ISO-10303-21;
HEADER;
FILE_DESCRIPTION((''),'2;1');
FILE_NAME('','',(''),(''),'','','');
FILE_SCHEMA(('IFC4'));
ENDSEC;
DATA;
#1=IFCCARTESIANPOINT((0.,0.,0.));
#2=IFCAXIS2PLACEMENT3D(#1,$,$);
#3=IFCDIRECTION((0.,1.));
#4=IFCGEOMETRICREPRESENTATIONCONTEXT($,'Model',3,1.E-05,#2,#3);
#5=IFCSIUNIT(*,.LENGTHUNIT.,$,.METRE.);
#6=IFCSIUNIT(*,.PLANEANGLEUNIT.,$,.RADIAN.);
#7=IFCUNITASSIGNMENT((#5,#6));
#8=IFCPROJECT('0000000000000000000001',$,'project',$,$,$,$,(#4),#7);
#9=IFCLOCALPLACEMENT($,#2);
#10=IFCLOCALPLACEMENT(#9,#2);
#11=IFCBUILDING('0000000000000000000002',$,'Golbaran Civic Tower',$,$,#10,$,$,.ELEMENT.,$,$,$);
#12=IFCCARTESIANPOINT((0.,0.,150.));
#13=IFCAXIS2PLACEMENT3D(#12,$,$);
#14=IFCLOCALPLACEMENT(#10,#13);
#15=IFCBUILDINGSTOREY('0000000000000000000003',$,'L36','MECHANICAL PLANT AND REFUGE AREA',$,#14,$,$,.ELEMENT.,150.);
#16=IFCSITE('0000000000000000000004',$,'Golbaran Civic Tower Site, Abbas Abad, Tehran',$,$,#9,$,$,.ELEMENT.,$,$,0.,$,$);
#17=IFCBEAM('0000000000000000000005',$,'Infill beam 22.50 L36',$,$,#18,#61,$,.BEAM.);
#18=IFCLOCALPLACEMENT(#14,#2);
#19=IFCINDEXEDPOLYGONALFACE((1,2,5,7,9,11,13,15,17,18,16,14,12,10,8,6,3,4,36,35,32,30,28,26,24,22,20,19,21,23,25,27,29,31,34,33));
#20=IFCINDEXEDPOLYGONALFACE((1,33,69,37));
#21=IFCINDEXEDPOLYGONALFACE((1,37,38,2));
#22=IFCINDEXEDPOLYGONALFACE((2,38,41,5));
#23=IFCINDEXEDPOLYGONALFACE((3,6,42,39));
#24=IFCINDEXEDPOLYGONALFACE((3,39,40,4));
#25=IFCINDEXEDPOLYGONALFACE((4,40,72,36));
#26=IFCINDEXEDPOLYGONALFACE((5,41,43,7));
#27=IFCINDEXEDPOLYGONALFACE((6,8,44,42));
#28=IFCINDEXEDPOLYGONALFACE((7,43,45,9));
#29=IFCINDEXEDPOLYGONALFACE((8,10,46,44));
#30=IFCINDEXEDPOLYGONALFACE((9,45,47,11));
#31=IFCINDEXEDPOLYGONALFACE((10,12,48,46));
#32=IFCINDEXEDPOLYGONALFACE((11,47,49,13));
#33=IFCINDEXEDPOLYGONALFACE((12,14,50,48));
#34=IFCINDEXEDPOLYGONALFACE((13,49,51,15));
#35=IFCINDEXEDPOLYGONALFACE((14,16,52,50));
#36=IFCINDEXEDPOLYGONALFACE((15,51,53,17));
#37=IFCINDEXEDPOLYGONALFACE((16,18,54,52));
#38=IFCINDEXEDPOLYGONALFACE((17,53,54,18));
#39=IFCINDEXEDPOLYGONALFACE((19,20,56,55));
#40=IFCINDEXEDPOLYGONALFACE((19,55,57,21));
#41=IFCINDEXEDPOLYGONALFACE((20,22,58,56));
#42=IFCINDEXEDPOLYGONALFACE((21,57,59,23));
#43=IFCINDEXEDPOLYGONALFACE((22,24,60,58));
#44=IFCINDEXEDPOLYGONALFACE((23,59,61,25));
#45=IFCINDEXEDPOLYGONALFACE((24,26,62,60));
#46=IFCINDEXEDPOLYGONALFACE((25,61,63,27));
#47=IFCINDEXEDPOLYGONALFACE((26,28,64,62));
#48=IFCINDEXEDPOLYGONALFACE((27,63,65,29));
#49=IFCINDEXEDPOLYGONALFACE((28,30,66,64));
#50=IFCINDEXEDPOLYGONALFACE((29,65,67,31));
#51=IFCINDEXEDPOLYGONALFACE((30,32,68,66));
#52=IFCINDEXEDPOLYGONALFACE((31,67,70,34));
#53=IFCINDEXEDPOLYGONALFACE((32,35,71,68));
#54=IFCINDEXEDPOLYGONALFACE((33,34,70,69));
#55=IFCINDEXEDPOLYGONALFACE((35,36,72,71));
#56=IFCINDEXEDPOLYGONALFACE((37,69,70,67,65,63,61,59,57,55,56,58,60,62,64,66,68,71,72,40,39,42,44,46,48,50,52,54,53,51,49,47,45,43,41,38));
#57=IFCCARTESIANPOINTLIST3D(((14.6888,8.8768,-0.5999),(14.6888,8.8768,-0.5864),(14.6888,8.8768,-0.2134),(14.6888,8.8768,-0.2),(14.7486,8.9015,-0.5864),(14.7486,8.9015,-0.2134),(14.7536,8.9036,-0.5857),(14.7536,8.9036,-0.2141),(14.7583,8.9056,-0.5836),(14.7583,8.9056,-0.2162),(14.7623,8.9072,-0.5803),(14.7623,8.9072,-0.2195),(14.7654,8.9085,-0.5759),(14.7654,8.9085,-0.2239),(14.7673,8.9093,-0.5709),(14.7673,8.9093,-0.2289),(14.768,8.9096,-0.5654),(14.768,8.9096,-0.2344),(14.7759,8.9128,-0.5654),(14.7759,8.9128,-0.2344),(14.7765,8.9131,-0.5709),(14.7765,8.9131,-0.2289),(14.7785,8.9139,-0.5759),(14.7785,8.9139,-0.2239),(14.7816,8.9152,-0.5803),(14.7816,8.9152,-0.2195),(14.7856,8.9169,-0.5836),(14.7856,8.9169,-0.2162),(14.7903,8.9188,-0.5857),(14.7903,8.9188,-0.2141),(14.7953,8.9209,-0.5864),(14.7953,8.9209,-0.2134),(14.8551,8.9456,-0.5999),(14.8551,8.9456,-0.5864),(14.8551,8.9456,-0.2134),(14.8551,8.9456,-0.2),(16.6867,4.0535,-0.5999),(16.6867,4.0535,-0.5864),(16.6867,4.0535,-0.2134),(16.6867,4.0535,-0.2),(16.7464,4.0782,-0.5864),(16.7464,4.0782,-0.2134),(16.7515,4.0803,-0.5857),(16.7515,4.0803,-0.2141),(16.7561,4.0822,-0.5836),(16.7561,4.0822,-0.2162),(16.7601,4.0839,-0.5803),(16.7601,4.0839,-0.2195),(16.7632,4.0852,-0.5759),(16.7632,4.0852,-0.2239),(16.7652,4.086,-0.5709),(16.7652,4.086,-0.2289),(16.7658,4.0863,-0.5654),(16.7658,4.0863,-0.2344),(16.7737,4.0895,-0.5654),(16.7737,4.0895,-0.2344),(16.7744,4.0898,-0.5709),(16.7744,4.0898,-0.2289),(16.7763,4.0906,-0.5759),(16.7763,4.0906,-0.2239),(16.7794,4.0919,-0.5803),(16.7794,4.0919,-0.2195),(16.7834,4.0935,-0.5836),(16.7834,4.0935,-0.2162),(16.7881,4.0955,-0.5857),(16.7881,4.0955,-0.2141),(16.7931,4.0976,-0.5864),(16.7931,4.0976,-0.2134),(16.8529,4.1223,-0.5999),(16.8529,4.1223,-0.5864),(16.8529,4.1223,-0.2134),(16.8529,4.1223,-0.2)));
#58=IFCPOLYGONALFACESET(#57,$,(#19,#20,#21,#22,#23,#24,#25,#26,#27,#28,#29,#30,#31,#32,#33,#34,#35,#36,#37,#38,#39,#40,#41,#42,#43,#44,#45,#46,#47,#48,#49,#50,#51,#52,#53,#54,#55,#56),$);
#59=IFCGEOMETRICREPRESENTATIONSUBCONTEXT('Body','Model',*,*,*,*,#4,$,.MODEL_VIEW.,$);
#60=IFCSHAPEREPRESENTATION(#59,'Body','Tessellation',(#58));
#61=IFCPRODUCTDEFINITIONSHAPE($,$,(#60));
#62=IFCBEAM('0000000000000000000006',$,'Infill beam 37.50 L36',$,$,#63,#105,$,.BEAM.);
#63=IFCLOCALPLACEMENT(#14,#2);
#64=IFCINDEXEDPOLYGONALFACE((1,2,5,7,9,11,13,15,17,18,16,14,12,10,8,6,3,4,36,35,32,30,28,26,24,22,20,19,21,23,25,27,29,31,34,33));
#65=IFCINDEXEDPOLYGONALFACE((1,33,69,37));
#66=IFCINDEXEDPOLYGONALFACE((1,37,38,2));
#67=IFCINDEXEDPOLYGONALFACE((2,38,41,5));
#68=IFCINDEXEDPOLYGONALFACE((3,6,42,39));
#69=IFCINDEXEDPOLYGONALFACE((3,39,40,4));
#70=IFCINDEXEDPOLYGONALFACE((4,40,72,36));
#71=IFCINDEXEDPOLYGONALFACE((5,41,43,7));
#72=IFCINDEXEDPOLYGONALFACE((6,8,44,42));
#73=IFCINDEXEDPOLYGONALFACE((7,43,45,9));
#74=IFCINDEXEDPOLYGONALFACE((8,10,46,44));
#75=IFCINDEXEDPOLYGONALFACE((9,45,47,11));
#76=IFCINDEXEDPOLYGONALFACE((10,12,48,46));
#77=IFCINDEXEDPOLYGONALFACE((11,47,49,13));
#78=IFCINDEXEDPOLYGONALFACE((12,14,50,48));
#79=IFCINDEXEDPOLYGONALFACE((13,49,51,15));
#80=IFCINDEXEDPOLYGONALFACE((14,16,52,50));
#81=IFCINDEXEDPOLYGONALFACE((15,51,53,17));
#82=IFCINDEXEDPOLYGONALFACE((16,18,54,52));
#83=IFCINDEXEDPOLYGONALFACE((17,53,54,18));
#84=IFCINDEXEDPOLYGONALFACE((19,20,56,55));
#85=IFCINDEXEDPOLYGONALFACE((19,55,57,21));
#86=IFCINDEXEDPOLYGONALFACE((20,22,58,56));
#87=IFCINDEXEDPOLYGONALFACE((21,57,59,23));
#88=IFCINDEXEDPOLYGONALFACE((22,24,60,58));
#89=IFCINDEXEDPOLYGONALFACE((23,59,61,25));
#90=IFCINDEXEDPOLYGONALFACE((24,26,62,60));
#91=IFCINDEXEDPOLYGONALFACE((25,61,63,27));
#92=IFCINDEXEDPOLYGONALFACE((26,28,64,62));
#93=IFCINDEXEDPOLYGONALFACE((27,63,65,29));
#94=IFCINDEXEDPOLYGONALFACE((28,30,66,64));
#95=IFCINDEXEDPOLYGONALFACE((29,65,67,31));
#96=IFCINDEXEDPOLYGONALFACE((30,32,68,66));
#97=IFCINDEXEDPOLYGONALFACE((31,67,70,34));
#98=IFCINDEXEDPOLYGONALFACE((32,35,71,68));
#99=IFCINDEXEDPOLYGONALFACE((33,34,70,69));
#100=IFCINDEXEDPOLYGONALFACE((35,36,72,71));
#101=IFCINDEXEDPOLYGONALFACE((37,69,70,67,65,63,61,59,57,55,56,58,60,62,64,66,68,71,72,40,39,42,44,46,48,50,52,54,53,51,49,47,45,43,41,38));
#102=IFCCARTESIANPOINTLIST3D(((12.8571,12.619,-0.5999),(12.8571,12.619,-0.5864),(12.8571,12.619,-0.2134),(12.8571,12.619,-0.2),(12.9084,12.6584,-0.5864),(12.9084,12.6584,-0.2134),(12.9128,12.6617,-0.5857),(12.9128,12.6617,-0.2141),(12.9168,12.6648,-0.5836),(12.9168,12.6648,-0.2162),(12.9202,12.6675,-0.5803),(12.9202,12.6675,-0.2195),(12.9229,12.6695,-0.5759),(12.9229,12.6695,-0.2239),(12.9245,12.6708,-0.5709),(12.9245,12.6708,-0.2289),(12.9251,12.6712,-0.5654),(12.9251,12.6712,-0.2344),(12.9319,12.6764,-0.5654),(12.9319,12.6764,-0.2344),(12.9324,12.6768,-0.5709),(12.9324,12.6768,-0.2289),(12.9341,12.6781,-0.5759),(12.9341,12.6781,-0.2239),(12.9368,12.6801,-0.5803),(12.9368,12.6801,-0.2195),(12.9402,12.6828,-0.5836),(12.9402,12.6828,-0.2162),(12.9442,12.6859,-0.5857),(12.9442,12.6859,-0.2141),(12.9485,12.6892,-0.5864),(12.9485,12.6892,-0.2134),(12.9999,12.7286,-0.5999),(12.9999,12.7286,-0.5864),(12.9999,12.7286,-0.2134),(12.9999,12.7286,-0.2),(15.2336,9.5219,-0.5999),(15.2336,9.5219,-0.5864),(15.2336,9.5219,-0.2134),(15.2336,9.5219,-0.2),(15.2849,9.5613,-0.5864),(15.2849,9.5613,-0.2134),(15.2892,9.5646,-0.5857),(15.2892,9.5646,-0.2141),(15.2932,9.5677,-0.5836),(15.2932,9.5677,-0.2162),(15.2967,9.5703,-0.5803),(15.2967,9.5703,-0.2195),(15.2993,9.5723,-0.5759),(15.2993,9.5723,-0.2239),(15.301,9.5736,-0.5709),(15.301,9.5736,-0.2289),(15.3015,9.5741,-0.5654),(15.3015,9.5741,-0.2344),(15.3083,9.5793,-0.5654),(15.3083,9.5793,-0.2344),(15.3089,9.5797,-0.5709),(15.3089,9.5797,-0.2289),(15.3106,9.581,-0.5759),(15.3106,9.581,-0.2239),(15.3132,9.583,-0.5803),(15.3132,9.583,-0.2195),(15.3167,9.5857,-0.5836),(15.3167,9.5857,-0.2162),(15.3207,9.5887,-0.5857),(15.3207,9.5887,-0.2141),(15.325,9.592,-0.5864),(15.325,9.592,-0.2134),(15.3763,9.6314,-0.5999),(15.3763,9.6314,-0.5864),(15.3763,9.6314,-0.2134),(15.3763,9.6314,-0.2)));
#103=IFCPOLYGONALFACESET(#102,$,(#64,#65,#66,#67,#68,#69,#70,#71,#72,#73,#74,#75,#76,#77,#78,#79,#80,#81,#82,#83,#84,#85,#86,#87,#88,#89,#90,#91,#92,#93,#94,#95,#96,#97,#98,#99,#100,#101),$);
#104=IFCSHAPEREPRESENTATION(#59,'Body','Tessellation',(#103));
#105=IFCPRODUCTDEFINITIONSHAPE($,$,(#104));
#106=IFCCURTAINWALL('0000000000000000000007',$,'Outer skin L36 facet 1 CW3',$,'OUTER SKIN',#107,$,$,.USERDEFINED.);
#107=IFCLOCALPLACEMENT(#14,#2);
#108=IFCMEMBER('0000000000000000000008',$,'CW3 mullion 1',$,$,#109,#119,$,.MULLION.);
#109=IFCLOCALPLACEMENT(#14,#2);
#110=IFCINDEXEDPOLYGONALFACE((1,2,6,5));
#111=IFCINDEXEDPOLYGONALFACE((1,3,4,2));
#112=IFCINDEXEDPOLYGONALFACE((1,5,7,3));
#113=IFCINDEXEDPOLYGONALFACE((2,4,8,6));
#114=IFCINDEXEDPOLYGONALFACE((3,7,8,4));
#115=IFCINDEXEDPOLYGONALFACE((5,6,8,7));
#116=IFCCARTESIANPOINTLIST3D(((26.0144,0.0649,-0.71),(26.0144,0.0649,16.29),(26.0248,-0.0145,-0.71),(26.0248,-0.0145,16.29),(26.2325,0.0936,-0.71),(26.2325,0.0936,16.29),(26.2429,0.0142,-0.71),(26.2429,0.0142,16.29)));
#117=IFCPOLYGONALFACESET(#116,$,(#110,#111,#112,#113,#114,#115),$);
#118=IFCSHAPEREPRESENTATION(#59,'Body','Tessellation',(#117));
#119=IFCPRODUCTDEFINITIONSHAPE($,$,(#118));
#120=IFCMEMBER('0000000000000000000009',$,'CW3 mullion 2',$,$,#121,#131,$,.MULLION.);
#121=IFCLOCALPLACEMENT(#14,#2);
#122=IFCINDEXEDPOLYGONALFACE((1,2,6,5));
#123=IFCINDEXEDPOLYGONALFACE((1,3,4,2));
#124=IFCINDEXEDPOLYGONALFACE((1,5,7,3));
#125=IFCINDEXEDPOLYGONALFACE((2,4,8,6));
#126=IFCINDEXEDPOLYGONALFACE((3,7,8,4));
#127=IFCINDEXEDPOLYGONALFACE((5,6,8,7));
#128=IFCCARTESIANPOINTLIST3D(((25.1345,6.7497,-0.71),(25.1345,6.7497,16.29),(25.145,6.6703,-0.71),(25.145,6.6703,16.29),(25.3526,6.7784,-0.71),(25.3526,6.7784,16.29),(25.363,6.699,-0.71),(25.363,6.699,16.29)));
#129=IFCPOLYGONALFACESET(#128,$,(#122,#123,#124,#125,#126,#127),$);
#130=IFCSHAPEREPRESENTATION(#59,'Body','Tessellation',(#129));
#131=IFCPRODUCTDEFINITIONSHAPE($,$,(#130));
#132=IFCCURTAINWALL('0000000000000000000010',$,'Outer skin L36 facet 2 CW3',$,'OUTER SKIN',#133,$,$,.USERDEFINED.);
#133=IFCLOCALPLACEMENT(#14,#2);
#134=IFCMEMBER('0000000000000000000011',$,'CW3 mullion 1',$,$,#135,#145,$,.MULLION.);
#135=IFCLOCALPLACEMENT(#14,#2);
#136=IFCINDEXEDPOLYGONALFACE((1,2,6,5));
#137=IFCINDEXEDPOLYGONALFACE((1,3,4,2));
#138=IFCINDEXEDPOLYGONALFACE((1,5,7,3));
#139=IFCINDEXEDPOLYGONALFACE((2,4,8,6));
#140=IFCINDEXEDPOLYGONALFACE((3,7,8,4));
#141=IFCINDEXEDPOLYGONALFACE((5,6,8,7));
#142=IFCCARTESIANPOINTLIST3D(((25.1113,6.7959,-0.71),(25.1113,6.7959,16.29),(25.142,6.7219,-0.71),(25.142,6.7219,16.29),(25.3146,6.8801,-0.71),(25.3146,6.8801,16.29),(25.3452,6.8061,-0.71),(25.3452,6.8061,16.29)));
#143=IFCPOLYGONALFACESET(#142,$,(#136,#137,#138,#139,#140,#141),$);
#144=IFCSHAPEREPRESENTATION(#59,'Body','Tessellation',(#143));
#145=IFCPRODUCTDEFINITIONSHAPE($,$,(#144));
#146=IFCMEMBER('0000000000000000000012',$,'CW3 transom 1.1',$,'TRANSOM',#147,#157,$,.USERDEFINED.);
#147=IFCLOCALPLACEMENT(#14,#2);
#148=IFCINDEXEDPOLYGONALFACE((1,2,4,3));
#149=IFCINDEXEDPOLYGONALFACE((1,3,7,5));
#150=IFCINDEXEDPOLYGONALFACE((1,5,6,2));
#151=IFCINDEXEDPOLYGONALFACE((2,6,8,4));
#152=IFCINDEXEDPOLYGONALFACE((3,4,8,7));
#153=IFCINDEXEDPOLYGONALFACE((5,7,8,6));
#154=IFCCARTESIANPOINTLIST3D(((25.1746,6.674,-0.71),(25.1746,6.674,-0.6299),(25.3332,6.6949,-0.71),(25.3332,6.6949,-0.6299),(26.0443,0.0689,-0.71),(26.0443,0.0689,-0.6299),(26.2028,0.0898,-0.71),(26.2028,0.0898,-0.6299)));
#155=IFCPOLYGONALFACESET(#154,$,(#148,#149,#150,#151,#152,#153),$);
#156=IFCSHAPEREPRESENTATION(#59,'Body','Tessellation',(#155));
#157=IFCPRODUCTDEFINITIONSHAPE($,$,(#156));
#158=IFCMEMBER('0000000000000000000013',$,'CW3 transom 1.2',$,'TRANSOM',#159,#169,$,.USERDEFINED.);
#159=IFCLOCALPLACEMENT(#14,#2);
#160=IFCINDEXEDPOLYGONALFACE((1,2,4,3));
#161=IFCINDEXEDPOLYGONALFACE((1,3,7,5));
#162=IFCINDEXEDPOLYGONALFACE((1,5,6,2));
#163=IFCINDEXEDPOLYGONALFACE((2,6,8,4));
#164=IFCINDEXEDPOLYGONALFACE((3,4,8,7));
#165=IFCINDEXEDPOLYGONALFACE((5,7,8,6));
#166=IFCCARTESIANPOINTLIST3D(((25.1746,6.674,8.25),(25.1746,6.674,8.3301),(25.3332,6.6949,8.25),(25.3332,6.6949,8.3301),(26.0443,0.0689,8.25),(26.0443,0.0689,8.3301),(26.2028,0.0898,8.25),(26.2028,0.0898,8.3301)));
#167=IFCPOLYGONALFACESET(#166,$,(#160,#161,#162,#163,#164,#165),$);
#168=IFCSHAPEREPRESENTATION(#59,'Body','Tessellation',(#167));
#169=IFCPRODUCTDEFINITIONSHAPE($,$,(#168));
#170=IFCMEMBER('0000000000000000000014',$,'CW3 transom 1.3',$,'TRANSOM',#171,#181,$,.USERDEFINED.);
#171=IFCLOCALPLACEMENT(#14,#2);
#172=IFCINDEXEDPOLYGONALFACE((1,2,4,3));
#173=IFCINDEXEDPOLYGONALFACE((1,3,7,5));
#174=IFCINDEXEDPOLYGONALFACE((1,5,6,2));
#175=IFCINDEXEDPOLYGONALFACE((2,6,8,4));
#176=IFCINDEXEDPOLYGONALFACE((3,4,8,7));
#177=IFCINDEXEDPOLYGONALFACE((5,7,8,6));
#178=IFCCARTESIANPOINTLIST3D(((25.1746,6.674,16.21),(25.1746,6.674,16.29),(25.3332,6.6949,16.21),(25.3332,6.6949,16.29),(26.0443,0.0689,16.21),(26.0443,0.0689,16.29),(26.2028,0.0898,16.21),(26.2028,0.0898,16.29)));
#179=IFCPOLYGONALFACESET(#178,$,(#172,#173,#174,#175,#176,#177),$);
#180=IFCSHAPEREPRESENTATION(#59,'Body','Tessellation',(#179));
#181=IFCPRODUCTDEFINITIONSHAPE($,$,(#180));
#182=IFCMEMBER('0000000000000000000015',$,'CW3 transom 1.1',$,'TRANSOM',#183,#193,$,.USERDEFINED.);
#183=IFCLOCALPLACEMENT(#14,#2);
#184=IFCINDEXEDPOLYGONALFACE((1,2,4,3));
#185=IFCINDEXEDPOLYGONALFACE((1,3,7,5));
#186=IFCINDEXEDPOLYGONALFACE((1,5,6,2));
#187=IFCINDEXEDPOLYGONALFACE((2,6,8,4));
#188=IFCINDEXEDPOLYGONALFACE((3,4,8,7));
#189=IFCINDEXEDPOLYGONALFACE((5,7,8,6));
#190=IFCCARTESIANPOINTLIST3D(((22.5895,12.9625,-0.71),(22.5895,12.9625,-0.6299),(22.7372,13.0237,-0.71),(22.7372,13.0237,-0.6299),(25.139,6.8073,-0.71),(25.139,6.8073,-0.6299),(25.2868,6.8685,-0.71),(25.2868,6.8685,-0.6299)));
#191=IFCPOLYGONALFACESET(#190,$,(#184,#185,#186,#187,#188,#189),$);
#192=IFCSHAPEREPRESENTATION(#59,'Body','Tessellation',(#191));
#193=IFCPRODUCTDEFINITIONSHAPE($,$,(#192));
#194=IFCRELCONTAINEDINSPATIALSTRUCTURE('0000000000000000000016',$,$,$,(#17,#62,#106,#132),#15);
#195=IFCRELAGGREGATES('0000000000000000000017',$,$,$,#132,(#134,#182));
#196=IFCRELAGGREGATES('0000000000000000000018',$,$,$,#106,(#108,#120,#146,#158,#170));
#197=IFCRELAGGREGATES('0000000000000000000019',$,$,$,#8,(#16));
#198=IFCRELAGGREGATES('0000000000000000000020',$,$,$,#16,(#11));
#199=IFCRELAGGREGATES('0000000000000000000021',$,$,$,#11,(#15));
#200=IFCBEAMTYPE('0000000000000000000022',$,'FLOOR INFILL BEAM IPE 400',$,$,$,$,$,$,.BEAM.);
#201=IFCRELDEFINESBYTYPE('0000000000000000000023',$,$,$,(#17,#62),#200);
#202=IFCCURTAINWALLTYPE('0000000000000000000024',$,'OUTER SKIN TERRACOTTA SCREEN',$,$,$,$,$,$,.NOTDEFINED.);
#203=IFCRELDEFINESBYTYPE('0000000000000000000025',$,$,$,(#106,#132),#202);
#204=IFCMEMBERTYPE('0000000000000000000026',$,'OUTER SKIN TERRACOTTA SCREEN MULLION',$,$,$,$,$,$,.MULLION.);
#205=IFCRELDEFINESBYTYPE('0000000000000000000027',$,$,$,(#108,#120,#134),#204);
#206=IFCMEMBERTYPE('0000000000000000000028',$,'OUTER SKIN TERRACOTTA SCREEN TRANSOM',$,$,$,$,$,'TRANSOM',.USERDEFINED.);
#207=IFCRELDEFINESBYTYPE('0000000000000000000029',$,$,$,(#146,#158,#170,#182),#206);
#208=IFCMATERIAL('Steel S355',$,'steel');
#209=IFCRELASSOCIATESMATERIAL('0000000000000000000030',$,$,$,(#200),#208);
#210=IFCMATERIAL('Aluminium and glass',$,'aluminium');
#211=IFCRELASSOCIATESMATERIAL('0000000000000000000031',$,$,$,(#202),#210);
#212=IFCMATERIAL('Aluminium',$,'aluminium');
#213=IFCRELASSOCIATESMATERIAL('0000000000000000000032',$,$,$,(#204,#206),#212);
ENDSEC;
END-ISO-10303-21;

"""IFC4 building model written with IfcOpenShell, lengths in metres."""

from ifc_helpers import new_model, si_unit, direction, frame, origin, origin_2d, place, context, subcontext, project, spatial, rectangle, i_section, extrude, material, material_profile, profile_set, type_object, element, aggregate, save


model = new_model("IFC4")

# Units and contexts
model_context = context("Model", 3, precision=1e-05, world=origin(), true_north=direction((0.0, 1.0)))
body_context = subcontext(model_context, "Body", "Model", "MODEL_VIEW")
ifc_project = project(units=[si_unit("LENGTHUNIT", "METRE"), si_unit("PLANEANGLEUNIT", "RADIAN")], contexts=[model_context])

# Site, building, storey
site_placement = place(None, origin())
site = spatial("IfcSite", under=ifc_project, at=site_placement, Name="Golbaran Civic Tower Site, Abbas Abad, Tehran", CompositionType="ELEMENT", RefElevation=0.0)
building_placement = place(site_placement, origin())
building = spatial("IfcBuilding", under=site, at=building_placement, Name="Golbaran Civic Tower", CompositionType="ELEMENT")
storey_placement = place(building_placement, frame((0.0, 0.0, 150.0)))
storey = spatial("IfcBuildingStorey", under=building, at=storey_placement, Name="L36", Description="MECHANICAL PLANT AND REFUGE AREA", CompositionType="ELEMENT", Elevation=150.0)

# Shared definitions
ifc_material_1 = material(Name="Steel S355", Category="steel")

# Beams
ifc_material_profile_1 = material_profile(ifc_material_1, i_section(OverallWidth=0.1799, OverallDepth=0.3999, WebThickness=0.0085, FlangeThickness=0.0134, FilletRadius=0.021, at=origin_2d()), Name="IPE 400")
ifc_profile_set_1 = profile_set([ifc_material_profile_1], Name="Steel S355")
beam_type_1 = type_object("IfcBeamType", Name="FLOOR INFILL BEAM IPE 400", PredefinedType="BEAM", material=ifc_profile_set_1)
beam_1_placement = place(storey_placement, frame((16.7698, 4.0879, -0.3999), z_axis=(-0.382675, 0.923883, 0.0), x_axis=(-0.923883, -0.382675, 0.0)))
element("IfcBeam", 1, at=beam_1_placement, inside=storey, type_object=beam_type_1, Name="Infill beam 22.50 L36", PredefinedType="BEAM", context=body_context, shape_type="SweptSolid", body=[
    extrude(i_section(OverallWidth=0.1799, OverallDepth=0.3999, WebThickness=0.0085, FlangeThickness=0.0134, FilletRadius=0.021, at=origin_2d()), origin(), (0.0, 0.0, 1.0), 5.2207),
])
beam_2_placement = place(storey_placement, frame((15.3049, 9.5767, -0.3999), z_axis=(-0.608749, 0.793363, 0.0), x_axis=(-0.793363, -0.608749, 0.0)))
element("IfcBeam", 2, at=beam_2_placement, inside=storey, type_object=beam_type_1, Name="Infill beam 37.50 L36", PredefinedType="BEAM", context=body_context, shape_type="SweptSolid", body=[
    extrude(i_section(OverallWidth=0.1799, OverallDepth=0.3999, WebThickness=0.0085, FlangeThickness=0.0134, FilletRadius=0.021, at=origin_2d()), origin(), (0.0, 0.0, 1.0), 3.9038),
])

# Curtain wall, members
ifc_material_2 = material(Name="Aluminium and glass", Category="aluminium")
curtain_wall_type_1 = type_object("IfcCurtainWallType", Name="OUTER SKIN TERRACOTTA SCREEN", PredefinedType="NOTDEFINED", material=ifc_material_2)
curtain_wall_1_placement = place(storey_placement, origin())
curtain_wall_1 = element("IfcCurtainWall", 3, at=curtain_wall_1_placement, inside=storey, type_object=curtain_wall_type_1, Name="Outer skin L36 facet 1 CW3", ObjectType="OUTER SKIN", PredefinedType="USERDEFINED")
ifc_material_3 = material(Name="Aluminium", Category="aluminium")
ifc_material_profile_2 = material_profile(ifc_material_3, rectangle(XDim=0.22, YDim=0.0801, at=origin_2d()), Name="OUTER SKIN TERRACOTTA SCREEN MULLION")
ifc_profile_set_2 = profile_set([ifc_material_profile_2], Name="Aluminium")
member_type_1 = type_object("IfcMemberType", Name="OUTER SKIN TERRACOTTA SCREEN MULLION", PredefinedType="MULLION", material=ifc_profile_set_2)
member_1_placement = place(storey_placement, frame((26.1287, 0.0396, -0.71), z_axis=(0.0, 0.0, 1.0), x_axis=(-0.991445, -0.130526, 0.0)))
member_1 = element("IfcMember", 4, at=member_1_placement, type_object=member_type_1, Name="CW3 mullion 1", PredefinedType="MULLION", context=body_context, shape_type="SweptSolid", body=[
    extrude(rectangle(XDim=0.22, YDim=0.0801, at=origin_2d()), origin(), (0.0, 0.0, 1.0), 17.0),
])
member_2_placement = place(storey_placement, frame((25.2488, 6.7244, -0.71), z_axis=(0.0, 0.0, 1.0), x_axis=(-0.991445, -0.130526, 0.0)))
member_2 = element("IfcMember", 5, at=member_2_placement, type_object=member_type_1, Name="CW3 mullion 2", PredefinedType="MULLION", context=body_context, shape_type="SweptSolid", body=[
    extrude(rectangle(XDim=0.22, YDim=0.0801, at=origin_2d()), origin(), (0.0, 0.0, 1.0), 17.0),
])

# Curtain wall, member
curtain_wall_2_placement = place(storey_placement, origin())
curtain_wall_2 = element("IfcCurtainWall", 6, at=curtain_wall_2_placement, inside=storey, type_object=curtain_wall_type_1, Name="Outer skin L36 facet 2 CW3", ObjectType="OUTER SKIN", PredefinedType="USERDEFINED")
member_3_placement = place(storey_placement, frame((25.2283, 6.801, -0.71), z_axis=(0.0, 0.0, 1.0), x_axis=(-0.92388, -0.382683, 0.0)))
member_3 = element("IfcMember", 7, at=member_3_placement, type_object=member_type_1, Name="CW3 mullion 1", PredefinedType="MULLION", context=body_context, shape_type="SweptSolid", body=[
    extrude(rectangle(XDim=0.22, YDim=0.0801, at=origin_2d()), origin(), (0.0, 0.0, 1.0), 17.0),
])

# Members
ifc_material_profile_3 = material_profile(ifc_material_3, rectangle(XDim=0.1599, YDim=0.0801, at=origin_2d()), Name="OUTER SKIN TERRACOTTA SCREEN TRANSOM")
ifc_profile_set_3 = profile_set([ifc_material_profile_3], Name="Aluminium")
member_type_2 = type_object("IfcMemberType", Name="OUTER SKIN TERRACOTTA SCREEN TRANSOM", ElementType="TRANSOM", PredefinedType="USERDEFINED", material=ifc_profile_set_3)
member_4_placement = place(storey_placement, frame((26.1235, 0.0793, -0.6699), z_axis=(-0.130531, 0.991444, 0.0), x_axis=(-0.991444, -0.130531, 0.0)))
member_4 = element("IfcMember", 8, at=member_4_placement, type_object=member_type_2, Name="CW3 transom 1.1", ObjectType="TRANSOM", PredefinedType="USERDEFINED", context=body_context, shape_type="SweptSolid", body=[
    extrude(rectangle(XDim=0.1599, YDim=0.0801, at=origin_2d()), origin(), (0.0, 0.0, 1.0), 6.6621),
])
member_5_placement = place(storey_placement, frame((26.1235, 0.0793, 8.29), z_axis=(-0.130531, 0.991444, 0.0), x_axis=(-0.991444, -0.130531, 0.0)))
member_5 = element("IfcMember", 9, at=member_5_placement, type_object=member_type_2, Name="CW3 transom 1.2", ObjectType="TRANSOM", PredefinedType="USERDEFINED", context=body_context, shape_type="SweptSolid", body=[
    extrude(rectangle(XDim=0.1599, YDim=0.0801, at=origin_2d()), origin(), (0.0, 0.0, 1.0), 6.6621),
])
member_6_placement = place(storey_placement, frame((26.1235, 0.0793, 16.25), z_axis=(-0.130531, 0.991444, 0.0), x_axis=(-0.991444, -0.130531, 0.0)))
member_6 = element("IfcMember", 10, at=member_6_placement, type_object=member_type_2, Name="CW3 transom 1.3", ObjectType="TRANSOM", PredefinedType="USERDEFINED", context=body_context, shape_type="SweptSolid", body=[
    extrude(rectangle(XDim=0.1599, YDim=0.0801, at=origin_2d()), origin(), (0.0, 0.0, 1.0), 6.6621),
])
member_7_placement = place(storey_placement, frame((25.2129, 6.8379, -0.6699), z_axis=(-0.382679, 0.923882, 0.0), x_axis=(-0.923882, -0.382679, 0.0)))
member_7 = element("IfcMember", 11, at=member_7_placement, type_object=member_type_2, Name="CW3 transom 1.1", ObjectType="TRANSOM", PredefinedType="USERDEFINED", context=body_context, shape_type="SweptSolid", body=[
    extrude(rectangle(XDim=0.1599, YDim=0.0801, at=origin_2d()), origin(), (0.0, 0.0, 1.0), 6.6624),
])

aggregate(curtain_wall_2, [member_3, member_7])
aggregate(curtain_wall_1, [member_1, member_2, member_4, member_5, member_6])

save(model, "model.ifc")
